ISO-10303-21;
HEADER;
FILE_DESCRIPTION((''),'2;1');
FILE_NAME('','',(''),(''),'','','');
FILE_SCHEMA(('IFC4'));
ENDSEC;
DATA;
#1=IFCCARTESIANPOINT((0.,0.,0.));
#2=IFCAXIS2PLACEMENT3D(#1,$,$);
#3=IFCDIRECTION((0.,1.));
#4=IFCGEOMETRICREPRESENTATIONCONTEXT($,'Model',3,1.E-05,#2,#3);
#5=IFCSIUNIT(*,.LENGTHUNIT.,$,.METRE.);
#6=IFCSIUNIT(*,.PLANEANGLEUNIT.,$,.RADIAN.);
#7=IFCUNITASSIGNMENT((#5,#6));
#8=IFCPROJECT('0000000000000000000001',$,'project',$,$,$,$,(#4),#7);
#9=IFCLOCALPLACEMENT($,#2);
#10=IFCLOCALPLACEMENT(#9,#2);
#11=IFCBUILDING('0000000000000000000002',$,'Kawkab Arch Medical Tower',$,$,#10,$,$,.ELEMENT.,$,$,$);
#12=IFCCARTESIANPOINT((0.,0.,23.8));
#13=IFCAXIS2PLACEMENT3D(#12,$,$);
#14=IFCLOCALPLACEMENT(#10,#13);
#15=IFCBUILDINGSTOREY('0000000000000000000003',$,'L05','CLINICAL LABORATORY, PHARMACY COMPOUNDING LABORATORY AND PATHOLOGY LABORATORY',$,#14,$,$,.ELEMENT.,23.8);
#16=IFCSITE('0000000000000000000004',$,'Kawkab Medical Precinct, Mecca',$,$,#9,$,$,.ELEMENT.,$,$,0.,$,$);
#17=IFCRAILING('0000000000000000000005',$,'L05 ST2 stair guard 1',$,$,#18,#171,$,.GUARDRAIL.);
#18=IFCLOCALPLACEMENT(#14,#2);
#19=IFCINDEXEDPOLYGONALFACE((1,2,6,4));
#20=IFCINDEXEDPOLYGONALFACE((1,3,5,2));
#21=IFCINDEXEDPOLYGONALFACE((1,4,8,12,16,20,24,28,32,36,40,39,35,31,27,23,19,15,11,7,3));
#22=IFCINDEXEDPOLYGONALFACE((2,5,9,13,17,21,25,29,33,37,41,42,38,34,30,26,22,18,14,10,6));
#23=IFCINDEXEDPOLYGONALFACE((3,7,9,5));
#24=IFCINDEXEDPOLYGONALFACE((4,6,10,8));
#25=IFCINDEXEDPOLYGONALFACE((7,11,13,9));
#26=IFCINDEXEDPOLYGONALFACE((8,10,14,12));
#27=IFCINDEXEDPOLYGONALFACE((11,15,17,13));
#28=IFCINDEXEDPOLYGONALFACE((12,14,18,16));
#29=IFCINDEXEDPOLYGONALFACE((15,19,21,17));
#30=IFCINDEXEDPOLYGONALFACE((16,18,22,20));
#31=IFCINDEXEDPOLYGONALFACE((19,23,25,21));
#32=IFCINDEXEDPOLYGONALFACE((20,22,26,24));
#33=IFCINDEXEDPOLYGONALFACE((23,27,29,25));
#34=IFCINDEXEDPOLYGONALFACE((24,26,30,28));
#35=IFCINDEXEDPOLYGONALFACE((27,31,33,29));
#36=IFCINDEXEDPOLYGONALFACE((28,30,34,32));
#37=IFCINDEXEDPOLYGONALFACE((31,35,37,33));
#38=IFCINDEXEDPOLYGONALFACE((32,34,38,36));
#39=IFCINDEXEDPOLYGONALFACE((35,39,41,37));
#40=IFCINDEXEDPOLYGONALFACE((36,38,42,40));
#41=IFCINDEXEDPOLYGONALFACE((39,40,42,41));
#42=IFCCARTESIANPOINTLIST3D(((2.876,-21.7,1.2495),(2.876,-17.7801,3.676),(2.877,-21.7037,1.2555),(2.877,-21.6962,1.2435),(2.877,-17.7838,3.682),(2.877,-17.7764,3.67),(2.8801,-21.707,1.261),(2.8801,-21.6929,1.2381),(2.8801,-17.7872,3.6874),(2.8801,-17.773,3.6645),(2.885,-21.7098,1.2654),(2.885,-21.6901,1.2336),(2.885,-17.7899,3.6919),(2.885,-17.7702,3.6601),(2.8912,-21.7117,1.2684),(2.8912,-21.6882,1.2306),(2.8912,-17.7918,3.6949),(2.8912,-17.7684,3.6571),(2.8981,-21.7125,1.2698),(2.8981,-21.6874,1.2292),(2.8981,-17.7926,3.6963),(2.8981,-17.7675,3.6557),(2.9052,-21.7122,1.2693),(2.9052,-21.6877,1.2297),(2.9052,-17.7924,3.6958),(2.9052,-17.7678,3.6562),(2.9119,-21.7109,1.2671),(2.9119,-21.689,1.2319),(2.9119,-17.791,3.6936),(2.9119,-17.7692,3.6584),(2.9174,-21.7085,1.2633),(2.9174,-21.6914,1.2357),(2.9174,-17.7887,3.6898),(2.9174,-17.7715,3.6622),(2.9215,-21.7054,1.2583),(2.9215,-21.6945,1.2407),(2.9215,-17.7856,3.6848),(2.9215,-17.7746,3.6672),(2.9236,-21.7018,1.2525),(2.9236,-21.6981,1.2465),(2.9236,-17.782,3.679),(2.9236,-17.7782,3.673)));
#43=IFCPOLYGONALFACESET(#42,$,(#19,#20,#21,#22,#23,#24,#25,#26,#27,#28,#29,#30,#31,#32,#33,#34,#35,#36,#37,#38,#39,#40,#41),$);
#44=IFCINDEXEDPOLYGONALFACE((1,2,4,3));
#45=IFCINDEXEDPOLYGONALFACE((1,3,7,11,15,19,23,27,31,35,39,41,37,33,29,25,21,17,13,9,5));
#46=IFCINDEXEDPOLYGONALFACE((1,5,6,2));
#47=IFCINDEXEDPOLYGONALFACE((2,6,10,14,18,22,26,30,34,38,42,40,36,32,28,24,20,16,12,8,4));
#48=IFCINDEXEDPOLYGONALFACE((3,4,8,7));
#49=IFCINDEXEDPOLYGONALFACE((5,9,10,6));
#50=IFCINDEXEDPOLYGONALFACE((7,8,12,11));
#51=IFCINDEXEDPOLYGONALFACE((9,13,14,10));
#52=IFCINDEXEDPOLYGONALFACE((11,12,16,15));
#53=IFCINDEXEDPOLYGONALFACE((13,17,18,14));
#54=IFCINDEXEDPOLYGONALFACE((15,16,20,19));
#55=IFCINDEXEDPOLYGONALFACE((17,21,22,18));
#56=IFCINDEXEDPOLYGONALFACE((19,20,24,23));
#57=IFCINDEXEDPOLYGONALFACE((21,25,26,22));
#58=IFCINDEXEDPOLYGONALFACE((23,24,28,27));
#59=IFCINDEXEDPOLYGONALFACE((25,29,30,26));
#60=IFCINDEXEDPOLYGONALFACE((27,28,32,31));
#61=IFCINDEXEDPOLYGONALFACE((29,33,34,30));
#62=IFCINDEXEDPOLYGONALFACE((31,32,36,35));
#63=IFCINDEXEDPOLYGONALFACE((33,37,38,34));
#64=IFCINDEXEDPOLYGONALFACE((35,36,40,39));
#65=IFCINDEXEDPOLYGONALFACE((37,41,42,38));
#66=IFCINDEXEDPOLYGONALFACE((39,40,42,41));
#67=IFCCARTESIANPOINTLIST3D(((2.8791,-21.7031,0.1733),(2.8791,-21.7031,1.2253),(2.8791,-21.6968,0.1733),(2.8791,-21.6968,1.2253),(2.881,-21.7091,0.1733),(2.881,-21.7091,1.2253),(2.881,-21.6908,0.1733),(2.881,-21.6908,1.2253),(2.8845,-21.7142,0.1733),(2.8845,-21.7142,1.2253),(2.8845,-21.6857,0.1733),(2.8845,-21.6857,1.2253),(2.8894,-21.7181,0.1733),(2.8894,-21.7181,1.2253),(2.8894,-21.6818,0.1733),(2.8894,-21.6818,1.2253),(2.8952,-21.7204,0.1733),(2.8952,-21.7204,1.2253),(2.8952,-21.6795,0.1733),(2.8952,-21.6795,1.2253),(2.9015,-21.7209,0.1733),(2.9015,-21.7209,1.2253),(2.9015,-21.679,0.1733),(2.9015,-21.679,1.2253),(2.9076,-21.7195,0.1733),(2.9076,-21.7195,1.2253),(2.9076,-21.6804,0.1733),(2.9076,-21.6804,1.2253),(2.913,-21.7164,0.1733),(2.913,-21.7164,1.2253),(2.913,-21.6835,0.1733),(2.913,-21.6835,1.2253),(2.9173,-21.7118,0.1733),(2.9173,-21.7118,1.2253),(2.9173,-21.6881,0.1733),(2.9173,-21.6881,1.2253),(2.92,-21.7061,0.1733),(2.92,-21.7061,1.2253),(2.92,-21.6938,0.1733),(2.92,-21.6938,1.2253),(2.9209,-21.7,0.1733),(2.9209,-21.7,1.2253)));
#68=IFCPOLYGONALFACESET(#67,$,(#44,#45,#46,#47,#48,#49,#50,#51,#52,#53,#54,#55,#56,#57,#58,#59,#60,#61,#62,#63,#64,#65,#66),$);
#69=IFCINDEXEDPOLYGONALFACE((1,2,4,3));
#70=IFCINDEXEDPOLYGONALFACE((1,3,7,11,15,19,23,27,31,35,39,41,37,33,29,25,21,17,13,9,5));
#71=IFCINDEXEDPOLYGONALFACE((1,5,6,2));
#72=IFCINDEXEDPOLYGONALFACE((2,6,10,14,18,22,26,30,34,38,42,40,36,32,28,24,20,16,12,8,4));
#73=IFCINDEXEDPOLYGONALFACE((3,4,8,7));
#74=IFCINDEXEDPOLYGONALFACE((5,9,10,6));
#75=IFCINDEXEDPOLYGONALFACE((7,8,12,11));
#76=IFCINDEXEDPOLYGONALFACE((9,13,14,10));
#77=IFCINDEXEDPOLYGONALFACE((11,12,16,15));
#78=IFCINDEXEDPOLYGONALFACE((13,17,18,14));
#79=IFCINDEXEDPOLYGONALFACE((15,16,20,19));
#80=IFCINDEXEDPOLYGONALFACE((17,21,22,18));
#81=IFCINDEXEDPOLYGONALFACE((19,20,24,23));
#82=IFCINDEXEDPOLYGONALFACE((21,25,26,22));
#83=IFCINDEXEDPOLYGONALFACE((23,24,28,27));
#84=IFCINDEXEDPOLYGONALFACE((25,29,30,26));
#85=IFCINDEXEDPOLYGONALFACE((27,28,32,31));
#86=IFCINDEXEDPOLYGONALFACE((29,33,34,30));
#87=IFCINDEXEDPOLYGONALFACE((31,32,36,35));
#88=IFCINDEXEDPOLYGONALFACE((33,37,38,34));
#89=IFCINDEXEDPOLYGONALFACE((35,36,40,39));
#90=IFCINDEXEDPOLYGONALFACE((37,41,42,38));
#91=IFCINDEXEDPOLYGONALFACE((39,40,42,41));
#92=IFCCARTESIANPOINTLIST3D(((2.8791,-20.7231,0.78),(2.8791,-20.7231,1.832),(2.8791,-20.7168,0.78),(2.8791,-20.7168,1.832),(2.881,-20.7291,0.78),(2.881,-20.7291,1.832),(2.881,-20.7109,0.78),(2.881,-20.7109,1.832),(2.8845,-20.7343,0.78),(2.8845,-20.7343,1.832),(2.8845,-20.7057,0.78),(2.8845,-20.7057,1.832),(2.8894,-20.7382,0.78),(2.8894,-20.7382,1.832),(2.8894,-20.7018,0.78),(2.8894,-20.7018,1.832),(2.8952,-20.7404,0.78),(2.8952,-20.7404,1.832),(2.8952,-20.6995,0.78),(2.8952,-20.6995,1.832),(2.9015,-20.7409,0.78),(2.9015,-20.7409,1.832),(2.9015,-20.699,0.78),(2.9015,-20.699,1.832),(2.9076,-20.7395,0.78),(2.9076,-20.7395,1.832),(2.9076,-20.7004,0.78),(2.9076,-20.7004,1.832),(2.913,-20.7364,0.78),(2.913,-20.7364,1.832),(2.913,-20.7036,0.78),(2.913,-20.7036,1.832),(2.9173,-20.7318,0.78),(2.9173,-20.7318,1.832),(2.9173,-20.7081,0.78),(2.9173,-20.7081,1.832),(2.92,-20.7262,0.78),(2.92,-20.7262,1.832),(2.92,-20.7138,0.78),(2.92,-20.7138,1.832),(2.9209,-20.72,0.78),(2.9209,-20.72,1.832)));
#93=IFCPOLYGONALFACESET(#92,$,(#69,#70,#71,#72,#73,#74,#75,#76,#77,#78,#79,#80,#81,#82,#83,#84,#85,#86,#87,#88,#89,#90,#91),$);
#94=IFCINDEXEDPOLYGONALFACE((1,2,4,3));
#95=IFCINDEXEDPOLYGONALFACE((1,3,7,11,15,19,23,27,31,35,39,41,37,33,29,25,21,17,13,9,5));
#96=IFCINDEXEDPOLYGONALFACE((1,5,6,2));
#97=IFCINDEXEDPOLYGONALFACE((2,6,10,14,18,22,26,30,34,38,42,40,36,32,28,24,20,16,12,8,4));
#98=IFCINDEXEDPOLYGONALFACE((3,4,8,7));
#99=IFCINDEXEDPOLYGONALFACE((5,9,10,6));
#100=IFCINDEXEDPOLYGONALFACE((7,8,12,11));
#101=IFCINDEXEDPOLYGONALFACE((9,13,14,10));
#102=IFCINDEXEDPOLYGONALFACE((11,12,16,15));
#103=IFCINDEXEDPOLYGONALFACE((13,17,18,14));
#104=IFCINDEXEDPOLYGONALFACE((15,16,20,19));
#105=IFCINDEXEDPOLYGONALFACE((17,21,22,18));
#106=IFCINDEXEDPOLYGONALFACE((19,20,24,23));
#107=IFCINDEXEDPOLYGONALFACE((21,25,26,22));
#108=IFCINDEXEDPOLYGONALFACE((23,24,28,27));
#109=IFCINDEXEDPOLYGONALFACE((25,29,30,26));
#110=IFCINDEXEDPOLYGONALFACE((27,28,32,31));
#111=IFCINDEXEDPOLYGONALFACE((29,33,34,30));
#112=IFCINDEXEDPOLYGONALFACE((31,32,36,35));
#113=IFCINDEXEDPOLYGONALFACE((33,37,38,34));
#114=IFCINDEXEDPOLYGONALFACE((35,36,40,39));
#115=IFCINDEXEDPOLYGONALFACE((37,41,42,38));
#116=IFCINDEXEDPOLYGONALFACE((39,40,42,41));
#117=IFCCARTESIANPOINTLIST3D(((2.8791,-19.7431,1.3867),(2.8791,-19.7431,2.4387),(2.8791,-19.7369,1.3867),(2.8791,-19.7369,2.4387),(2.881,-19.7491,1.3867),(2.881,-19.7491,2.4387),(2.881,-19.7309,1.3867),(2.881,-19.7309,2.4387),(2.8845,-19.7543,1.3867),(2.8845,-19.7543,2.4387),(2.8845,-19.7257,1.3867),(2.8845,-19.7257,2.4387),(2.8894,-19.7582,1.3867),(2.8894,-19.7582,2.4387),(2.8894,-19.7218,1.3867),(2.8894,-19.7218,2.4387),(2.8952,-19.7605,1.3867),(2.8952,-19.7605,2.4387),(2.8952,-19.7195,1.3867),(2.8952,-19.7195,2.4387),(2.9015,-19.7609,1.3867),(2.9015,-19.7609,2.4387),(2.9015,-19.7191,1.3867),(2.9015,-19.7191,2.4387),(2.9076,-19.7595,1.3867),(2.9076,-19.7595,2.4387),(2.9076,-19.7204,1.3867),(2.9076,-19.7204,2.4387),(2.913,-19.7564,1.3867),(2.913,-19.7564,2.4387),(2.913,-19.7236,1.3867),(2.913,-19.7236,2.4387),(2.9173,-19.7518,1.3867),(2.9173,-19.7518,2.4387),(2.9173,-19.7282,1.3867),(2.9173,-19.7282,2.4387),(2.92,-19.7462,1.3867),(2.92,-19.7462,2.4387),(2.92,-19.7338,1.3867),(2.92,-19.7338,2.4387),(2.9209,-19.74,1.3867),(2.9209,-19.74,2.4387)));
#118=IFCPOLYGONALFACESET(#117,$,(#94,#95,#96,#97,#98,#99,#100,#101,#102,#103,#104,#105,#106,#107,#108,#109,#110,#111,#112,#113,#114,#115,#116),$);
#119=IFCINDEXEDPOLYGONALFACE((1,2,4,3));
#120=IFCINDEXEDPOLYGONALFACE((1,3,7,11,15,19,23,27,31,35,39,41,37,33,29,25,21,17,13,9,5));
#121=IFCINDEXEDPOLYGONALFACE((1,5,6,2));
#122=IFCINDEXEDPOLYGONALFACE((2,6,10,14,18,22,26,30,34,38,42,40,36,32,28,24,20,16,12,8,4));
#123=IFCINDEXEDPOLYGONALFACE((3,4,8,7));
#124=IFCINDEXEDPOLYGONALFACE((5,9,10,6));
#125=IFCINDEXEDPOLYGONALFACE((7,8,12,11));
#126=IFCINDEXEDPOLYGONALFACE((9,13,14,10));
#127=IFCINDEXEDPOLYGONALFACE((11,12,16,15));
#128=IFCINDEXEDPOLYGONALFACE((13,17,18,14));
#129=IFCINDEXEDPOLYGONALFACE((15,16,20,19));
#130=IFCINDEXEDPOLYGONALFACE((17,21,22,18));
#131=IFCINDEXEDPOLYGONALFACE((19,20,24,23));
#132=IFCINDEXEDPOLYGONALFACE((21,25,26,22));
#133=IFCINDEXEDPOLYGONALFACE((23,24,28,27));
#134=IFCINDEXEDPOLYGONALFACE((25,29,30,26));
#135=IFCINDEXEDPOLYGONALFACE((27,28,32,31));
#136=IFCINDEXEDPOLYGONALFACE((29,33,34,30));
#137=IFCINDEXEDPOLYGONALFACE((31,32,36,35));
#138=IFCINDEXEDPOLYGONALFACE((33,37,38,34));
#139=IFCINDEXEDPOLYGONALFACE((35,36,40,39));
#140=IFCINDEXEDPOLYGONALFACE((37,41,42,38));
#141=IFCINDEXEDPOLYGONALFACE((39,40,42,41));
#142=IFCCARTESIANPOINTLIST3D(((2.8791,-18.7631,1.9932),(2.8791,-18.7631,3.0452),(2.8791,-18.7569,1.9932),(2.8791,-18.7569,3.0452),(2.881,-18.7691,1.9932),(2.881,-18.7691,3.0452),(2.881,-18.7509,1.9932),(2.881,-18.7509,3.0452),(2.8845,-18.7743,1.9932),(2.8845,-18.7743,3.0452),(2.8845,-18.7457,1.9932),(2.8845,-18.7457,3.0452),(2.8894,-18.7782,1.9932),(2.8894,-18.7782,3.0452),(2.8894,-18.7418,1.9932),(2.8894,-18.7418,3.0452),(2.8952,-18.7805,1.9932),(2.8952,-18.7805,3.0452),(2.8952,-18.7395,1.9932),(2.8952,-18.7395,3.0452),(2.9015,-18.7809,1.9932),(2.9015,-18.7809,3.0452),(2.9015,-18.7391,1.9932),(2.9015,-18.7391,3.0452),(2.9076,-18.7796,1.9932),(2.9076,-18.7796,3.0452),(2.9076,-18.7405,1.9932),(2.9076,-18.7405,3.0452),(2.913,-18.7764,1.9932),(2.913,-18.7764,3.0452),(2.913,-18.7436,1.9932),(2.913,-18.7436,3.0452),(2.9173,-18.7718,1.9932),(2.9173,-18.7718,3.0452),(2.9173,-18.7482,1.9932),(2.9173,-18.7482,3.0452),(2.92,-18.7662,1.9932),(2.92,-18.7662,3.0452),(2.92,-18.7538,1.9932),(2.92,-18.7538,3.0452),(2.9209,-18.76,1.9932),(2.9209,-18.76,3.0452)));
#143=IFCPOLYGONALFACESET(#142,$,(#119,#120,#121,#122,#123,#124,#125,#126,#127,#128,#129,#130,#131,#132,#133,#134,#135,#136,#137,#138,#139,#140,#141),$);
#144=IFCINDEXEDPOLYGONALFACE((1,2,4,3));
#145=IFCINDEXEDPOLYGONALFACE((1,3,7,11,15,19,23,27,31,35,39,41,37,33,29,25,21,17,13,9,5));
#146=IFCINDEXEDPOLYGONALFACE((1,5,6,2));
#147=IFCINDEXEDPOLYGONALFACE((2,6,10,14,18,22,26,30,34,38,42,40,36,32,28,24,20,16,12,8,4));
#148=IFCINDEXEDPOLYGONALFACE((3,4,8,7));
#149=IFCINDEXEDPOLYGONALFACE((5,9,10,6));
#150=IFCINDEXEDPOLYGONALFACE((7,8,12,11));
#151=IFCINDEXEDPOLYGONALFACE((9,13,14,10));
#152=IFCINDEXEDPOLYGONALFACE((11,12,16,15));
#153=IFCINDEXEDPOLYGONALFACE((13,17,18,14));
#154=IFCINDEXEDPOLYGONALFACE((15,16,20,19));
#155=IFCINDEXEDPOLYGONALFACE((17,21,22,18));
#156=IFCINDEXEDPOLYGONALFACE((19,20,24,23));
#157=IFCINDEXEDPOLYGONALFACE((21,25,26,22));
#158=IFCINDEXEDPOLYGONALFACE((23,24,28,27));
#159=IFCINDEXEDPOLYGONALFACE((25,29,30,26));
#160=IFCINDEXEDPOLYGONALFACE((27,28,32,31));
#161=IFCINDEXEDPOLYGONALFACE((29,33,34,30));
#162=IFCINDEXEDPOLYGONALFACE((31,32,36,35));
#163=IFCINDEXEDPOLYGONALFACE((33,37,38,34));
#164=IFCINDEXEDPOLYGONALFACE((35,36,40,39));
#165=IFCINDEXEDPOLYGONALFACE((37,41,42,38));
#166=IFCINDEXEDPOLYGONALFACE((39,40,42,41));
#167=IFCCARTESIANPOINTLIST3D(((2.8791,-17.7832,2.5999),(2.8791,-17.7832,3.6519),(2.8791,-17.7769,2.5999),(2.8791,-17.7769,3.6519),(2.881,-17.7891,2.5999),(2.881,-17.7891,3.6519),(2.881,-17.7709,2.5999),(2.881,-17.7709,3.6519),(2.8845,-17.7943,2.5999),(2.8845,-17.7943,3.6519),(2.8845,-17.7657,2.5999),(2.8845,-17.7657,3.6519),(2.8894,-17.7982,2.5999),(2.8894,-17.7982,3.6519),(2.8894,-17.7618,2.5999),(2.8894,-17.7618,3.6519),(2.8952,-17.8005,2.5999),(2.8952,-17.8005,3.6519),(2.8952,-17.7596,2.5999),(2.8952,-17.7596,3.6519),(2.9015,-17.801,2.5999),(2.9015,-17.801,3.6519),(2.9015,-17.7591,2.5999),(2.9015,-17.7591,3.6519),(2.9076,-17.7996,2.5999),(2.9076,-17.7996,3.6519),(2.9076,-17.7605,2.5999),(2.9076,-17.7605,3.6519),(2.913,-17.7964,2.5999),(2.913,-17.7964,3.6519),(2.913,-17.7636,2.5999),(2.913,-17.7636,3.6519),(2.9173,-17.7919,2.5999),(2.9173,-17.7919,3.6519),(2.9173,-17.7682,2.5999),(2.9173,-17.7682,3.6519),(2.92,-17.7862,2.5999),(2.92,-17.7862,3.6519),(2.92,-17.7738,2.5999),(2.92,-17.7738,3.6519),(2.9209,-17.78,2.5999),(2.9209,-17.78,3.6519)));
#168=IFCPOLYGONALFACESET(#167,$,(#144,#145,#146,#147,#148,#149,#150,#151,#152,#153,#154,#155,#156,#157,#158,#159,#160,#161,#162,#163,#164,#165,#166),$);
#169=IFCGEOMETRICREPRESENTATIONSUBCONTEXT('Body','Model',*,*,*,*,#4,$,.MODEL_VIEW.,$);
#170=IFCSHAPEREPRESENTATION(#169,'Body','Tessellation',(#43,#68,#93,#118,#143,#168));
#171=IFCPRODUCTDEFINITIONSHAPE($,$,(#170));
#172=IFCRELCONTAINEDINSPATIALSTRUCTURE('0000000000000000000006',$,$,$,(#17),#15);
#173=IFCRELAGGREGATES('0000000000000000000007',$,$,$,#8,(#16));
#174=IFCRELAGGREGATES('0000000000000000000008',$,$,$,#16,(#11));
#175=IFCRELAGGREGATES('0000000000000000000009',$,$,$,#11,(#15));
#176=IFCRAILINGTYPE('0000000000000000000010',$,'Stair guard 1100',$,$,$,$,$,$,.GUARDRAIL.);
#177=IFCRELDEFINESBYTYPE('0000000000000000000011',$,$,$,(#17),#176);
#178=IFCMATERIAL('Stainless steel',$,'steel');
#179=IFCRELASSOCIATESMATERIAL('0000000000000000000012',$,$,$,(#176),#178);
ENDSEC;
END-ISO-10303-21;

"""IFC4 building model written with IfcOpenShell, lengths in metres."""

from ifc_helpers import new_model, si_unit, direction, frame, origin, origin_2d, place, context, subcontext, project, spatial, circle, extrude, material, type_object, element, save


model = new_model("IFC4")

# Units and contexts
model_context = context("Model", 3, precision=1e-05, world=origin(), true_north=direction((0.0, 1.0)))
body_context = subcontext(model_context, "Body", "Model", "MODEL_VIEW")
ifc_project = project(units=[si_unit("LENGTHUNIT", "METRE"), si_unit("PLANEANGLEUNIT", "RADIAN")], contexts=[model_context])

# Site, building, storey
site_placement = place(None, origin())
site = spatial("IfcSite", under=ifc_project, at=site_placement, Name="Kawkab Medical Precinct, Mecca", CompositionType="ELEMENT", RefElevation=0.0)
building_placement = place(site_placement, origin())
building = spatial("IfcBuilding", under=site, at=building_placement, Name="Kawkab Arch Medical Tower", CompositionType="ELEMENT")
storey_placement = place(building_placement, frame((0.0, 0.0, 23.8)))
storey = spatial("IfcBuildingStorey", under=building, at=storey_placement, Name="L05", Description="CLINICAL LABORATORY, PHARMACY COMPOUNDING LABORATORY AND PATHOLOGY LABORATORY", CompositionType="ELEMENT", Elevation=23.8)

# Railing
ifc_material_1 = material(Name="Stainless steel", Category="steel")
railing_type = type_object("IfcRailingType", Name="Stair guard 1100", PredefinedType="GUARDRAIL", material=ifc_material_1)
railing_1_placement = place(storey_placement, frame((2.8999, -21.7, 0.1733)))
element("IfcRailing", 1, at=railing_1_placement, inside=storey, type_object=railing_type, Name="L05 ST2 stair guard 1", PredefinedType="GUARDRAIL", context=body_context, shape_type="SweptSolid", body=[
    extrude(circle(Radius=0.0239, at=origin_2d()), frame((0.0, 0.0, 1.0762), z_axis=(0.0, 0.850275, 0.526338), x_axis=(-1.0, 0.0, 0.0)), (0.0, 0.0, 1.0), 4.6101),
    extrude(circle(Radius=0.021, at=origin_2d()), origin(), (0.0, 0.0, 1.0), 1.052),
    extrude(circle(Radius=0.021, at=origin_2d()), frame((0.0, 0.98, 0.6067)), (0.0, 0.0, 1.0), 1.052),
    extrude(circle(Radius=0.021, at=origin_2d()), frame((0.0, 1.96, 1.2134)), (0.0, 0.0, 1.0), 1.052),
    extrude(circle(Radius=0.021, at=origin_2d()), frame((0.0, 2.9399, 1.8198)), (0.0, 0.0, 1.0), 1.052),
    extrude(circle(Radius=0.021, at=origin_2d()), frame((0.0, 3.9199, 2.4265)), (0.0, 0.0, 1.0), 1.052),
])

save(model, "model.ifc")
